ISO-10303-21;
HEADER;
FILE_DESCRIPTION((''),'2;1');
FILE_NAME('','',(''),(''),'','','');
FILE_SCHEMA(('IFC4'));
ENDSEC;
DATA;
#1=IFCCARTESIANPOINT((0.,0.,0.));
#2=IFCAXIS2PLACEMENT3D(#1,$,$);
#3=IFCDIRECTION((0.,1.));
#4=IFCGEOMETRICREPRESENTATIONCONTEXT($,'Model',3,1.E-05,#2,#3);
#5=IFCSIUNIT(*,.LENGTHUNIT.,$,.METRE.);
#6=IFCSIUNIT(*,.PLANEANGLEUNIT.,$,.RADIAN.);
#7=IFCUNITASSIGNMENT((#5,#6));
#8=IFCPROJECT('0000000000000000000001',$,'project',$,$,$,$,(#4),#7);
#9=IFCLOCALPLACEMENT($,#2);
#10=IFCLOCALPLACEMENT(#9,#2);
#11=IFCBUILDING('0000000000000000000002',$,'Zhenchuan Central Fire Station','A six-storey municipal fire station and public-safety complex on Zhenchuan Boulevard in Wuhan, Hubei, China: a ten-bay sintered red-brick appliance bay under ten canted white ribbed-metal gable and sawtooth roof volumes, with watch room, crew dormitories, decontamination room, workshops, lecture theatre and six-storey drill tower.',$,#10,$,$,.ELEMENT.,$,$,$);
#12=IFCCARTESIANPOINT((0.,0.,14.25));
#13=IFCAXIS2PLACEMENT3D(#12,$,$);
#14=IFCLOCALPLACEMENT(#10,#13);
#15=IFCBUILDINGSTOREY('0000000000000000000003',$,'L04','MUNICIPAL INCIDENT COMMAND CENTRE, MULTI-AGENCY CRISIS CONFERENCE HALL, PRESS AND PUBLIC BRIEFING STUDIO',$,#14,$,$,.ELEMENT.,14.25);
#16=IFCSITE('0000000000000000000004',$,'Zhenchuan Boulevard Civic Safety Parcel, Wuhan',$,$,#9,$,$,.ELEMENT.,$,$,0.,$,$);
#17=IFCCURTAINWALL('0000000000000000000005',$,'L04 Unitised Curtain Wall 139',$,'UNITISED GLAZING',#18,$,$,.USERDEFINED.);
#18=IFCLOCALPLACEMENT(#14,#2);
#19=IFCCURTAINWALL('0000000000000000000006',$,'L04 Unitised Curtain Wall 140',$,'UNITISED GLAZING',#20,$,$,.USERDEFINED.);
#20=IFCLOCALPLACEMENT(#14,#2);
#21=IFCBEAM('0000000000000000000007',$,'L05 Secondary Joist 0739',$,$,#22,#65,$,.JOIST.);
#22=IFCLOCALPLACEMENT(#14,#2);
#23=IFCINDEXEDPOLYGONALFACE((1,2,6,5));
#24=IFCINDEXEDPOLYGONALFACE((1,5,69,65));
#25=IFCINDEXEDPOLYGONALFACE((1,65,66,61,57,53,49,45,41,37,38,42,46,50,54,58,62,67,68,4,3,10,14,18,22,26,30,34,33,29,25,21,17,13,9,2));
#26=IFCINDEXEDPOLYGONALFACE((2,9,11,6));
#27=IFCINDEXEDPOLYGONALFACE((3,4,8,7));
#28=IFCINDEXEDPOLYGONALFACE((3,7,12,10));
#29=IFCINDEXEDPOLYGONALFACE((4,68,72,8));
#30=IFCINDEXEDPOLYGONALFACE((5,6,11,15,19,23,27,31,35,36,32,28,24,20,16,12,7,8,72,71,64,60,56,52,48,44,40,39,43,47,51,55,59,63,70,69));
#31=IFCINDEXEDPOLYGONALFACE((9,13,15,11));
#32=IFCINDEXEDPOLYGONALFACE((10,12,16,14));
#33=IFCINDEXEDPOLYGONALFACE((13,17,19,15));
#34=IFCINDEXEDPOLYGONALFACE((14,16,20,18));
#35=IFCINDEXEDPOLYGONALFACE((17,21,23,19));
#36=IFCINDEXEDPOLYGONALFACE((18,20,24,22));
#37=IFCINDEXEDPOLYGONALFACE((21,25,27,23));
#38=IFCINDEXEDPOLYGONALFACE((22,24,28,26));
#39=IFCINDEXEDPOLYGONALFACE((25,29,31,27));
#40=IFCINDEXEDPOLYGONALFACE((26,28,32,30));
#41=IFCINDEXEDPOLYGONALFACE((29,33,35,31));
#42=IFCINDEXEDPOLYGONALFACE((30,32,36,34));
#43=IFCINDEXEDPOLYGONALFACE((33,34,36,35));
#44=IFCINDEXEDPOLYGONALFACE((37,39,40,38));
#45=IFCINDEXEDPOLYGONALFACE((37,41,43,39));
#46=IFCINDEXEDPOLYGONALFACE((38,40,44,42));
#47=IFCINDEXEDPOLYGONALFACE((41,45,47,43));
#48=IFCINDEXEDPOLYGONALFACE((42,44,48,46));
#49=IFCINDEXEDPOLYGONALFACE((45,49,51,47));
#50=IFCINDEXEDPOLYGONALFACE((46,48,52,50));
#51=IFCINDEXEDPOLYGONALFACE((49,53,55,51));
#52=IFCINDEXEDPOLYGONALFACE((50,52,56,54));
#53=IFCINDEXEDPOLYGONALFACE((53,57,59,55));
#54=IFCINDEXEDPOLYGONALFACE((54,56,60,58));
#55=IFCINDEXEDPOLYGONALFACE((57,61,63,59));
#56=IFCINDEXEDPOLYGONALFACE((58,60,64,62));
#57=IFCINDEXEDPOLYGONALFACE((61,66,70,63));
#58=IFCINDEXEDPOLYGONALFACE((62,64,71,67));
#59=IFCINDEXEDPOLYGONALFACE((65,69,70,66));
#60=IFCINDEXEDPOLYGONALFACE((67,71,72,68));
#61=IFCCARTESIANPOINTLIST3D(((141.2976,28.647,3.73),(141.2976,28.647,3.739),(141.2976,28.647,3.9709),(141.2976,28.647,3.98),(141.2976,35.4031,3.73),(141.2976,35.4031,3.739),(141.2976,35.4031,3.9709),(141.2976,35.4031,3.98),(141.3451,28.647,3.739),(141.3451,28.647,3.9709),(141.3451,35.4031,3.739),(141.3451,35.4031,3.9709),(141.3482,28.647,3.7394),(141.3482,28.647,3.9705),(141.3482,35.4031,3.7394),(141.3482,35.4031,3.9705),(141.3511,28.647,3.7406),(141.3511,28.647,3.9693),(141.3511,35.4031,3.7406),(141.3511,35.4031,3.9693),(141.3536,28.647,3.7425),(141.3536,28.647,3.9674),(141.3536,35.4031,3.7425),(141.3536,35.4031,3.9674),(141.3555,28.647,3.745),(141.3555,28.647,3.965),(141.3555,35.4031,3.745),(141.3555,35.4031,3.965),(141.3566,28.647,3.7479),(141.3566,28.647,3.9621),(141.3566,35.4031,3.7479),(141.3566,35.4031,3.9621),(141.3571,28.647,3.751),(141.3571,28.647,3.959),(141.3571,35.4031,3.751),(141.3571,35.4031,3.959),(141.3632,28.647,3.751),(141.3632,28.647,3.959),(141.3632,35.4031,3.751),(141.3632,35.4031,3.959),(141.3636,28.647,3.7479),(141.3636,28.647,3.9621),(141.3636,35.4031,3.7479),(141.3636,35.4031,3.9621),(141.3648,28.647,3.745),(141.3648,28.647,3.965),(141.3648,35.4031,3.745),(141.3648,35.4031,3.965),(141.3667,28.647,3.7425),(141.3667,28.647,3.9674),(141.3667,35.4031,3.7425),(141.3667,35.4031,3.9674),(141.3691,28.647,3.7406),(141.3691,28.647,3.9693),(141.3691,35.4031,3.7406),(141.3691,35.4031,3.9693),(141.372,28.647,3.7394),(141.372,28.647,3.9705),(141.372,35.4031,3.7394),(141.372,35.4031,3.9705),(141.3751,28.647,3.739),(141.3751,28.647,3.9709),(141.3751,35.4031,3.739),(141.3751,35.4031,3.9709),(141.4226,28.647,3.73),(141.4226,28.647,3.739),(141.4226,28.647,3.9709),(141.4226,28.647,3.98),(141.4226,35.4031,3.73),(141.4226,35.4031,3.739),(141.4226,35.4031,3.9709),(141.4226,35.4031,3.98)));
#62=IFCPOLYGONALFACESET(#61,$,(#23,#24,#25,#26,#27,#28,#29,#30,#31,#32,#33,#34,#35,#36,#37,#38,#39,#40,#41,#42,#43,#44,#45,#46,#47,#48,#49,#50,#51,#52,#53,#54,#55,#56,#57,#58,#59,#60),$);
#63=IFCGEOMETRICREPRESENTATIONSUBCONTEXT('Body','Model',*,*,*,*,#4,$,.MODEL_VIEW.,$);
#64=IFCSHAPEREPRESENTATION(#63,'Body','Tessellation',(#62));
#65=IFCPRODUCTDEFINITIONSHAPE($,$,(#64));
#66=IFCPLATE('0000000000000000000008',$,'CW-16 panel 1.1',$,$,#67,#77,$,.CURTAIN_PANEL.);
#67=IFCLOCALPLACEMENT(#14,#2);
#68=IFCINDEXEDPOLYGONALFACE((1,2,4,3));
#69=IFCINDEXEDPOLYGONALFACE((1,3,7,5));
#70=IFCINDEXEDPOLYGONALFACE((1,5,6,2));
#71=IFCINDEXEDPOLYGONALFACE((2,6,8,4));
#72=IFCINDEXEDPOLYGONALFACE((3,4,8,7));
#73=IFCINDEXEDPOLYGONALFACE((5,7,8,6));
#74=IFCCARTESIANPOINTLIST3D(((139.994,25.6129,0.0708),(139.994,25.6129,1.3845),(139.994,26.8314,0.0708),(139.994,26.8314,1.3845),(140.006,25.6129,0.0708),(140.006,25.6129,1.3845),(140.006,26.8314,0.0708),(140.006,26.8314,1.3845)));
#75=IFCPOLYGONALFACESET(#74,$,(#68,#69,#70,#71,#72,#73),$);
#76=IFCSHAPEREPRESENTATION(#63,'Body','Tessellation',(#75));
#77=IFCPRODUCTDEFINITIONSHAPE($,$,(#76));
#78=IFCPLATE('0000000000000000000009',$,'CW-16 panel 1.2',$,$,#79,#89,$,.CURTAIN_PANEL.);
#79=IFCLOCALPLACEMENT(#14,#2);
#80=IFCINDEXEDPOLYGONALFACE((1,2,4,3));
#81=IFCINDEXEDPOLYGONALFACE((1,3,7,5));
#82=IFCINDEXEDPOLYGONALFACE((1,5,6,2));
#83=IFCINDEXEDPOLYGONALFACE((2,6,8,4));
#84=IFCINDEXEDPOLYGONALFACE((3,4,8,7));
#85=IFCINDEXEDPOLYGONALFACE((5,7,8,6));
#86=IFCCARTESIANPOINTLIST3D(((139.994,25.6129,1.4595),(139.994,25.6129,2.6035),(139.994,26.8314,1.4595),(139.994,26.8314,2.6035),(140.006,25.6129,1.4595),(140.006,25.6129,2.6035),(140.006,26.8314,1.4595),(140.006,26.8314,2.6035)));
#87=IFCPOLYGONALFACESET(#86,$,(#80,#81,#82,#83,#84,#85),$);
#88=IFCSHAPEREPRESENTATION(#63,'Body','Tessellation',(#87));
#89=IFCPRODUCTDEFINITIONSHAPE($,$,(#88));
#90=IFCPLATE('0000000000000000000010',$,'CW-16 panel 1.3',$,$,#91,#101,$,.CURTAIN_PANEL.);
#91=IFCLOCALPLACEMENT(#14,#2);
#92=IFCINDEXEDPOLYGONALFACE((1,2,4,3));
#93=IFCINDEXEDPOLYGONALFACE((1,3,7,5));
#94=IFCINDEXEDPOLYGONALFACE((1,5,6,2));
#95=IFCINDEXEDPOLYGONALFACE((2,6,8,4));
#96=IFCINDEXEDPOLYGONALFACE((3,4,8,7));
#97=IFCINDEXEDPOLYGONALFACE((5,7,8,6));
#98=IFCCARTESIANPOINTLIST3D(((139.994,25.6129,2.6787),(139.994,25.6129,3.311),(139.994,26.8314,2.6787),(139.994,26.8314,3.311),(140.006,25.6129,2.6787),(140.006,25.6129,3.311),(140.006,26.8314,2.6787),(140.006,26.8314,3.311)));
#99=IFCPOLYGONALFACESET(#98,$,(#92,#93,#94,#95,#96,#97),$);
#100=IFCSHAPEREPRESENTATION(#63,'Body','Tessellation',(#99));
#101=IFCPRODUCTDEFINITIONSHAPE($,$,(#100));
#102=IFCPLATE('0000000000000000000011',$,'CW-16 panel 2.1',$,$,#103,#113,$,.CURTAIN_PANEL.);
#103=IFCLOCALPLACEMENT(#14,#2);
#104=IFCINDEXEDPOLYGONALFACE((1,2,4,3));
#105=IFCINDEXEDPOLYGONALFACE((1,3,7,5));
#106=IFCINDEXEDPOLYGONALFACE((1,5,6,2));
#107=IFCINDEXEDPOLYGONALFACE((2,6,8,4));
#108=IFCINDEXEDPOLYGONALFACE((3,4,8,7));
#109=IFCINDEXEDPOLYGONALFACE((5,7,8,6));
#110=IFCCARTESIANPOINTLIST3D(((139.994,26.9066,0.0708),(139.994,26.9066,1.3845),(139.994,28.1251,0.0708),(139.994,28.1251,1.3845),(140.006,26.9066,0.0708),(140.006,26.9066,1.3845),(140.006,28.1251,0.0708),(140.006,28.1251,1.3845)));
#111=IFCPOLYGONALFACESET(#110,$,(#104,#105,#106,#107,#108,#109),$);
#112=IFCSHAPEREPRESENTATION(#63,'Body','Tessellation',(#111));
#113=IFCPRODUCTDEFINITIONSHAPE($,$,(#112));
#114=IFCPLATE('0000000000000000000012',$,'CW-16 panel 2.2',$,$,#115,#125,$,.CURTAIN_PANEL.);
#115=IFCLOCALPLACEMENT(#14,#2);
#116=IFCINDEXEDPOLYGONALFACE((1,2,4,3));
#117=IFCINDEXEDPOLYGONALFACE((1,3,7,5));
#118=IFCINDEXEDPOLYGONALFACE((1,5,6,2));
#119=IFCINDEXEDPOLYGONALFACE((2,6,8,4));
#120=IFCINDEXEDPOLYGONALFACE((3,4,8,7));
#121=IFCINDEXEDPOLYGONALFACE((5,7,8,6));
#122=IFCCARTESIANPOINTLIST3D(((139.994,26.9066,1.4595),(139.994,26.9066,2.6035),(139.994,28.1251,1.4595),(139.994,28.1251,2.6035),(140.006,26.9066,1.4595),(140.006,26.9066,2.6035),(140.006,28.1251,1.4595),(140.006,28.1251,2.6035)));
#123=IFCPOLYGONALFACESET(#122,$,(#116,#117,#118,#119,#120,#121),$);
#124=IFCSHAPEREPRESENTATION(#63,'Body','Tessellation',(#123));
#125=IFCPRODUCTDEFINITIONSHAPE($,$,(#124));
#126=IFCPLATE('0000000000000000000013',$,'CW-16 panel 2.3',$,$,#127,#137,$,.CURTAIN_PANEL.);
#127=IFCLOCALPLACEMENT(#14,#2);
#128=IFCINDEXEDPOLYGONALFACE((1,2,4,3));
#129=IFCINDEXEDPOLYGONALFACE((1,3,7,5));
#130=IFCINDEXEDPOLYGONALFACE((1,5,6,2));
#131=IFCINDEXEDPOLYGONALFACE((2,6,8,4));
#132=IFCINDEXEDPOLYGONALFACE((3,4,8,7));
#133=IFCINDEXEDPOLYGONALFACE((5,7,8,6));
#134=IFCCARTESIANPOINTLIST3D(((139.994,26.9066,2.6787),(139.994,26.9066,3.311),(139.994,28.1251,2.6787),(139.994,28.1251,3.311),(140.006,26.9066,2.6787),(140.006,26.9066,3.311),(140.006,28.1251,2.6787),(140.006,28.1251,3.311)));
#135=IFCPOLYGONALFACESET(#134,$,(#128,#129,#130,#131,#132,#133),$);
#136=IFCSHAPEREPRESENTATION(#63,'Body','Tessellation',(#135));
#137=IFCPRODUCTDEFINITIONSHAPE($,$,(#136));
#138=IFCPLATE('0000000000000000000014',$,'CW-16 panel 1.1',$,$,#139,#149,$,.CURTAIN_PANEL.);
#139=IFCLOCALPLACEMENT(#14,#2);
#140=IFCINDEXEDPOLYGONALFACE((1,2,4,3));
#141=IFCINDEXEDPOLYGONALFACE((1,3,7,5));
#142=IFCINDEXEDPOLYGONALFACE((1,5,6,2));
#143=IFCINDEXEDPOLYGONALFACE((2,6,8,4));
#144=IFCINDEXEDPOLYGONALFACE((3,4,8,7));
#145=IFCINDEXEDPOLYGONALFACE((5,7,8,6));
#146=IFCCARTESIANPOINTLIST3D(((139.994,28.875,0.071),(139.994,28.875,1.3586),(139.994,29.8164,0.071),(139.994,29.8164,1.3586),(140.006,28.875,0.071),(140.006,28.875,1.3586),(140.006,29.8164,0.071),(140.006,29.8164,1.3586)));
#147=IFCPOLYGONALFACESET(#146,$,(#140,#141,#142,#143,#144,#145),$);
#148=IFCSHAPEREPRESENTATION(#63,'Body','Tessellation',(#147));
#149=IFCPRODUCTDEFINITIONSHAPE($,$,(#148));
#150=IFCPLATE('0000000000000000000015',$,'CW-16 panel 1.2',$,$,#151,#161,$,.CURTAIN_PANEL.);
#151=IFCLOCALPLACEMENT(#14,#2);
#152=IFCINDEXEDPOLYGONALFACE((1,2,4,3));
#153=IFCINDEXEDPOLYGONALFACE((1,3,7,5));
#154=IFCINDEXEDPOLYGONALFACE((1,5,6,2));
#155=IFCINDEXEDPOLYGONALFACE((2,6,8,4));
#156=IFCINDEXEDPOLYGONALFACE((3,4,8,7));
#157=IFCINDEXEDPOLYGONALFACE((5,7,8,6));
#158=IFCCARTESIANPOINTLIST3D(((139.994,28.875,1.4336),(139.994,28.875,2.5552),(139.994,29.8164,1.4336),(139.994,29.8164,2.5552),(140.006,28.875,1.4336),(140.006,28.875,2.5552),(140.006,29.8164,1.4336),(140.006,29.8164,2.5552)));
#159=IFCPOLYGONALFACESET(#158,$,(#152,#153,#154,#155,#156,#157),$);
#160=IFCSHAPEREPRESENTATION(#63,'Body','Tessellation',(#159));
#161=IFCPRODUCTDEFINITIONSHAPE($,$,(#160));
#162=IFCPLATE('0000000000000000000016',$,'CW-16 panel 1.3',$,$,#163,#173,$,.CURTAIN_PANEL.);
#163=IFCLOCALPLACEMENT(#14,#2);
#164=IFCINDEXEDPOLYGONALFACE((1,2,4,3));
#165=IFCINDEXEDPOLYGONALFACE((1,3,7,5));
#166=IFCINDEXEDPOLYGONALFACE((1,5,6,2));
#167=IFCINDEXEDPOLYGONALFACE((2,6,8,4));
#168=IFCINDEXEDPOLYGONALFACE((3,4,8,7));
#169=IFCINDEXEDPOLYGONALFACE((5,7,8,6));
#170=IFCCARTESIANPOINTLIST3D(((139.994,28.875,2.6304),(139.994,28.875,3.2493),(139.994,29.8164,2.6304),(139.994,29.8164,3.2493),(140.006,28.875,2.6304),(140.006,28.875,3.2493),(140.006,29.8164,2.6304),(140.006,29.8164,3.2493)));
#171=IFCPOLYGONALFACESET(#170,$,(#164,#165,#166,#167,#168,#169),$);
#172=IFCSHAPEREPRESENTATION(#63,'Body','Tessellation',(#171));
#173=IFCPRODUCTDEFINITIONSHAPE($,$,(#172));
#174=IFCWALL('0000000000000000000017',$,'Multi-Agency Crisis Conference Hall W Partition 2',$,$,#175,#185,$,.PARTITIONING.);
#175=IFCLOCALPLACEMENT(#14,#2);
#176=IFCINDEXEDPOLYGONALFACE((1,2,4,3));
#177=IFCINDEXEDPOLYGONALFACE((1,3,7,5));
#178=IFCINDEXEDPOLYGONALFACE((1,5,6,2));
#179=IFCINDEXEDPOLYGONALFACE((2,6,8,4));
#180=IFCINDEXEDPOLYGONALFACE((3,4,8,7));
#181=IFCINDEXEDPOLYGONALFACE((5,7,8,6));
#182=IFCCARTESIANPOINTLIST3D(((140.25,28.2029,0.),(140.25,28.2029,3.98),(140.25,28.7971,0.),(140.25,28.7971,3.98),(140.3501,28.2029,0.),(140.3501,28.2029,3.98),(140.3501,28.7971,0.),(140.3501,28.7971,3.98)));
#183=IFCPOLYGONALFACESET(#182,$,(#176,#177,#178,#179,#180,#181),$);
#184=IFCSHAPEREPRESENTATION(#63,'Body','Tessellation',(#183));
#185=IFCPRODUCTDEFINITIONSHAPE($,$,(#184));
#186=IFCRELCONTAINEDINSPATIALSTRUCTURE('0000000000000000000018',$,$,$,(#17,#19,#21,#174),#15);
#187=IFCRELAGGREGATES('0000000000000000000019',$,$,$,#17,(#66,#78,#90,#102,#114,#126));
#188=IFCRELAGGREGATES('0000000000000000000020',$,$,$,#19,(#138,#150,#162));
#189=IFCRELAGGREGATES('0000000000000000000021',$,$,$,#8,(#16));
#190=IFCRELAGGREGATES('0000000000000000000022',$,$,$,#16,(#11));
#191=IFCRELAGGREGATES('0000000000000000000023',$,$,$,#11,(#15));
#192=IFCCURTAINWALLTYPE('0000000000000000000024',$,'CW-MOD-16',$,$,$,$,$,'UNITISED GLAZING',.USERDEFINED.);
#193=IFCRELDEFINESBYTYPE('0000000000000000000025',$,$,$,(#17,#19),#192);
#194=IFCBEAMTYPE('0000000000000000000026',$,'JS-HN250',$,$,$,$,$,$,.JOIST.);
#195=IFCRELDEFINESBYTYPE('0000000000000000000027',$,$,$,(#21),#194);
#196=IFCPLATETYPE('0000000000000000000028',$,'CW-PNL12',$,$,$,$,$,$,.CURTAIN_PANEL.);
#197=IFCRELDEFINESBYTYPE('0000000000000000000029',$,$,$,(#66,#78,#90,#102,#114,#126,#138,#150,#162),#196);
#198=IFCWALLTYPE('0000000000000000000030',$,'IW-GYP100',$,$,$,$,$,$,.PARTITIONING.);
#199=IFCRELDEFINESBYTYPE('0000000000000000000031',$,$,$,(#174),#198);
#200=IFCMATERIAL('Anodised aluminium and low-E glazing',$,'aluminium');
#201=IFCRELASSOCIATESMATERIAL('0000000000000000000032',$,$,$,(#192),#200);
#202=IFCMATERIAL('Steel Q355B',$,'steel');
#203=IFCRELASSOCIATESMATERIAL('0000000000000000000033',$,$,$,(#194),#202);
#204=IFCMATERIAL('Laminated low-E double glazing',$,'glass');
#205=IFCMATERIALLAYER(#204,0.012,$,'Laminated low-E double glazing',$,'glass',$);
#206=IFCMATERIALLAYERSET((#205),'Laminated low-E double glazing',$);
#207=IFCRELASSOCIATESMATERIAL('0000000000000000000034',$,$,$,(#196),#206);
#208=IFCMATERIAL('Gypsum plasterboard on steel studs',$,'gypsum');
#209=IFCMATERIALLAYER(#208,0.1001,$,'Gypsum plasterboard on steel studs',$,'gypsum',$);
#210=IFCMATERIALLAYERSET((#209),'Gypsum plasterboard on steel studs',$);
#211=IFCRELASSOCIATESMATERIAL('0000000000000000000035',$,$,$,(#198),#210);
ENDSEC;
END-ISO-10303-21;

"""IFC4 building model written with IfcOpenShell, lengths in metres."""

from ifc_helpers import new_model, si_unit, direction, frame, frame_2d, origin, origin_2d, place, context, subcontext, project, spatial, rectangle, i_section, extrude, material, layer, layer_set, material_profile, profile_set, type_object, element, aggregate, save


model = new_model("IFC4")

# Units and contexts
model_context = context("Model", 3, precision=1e-05, world=origin(), true_north=direction((0.0, 1.0)))
body_context = subcontext(model_context, "Body", "Model", "MODEL_VIEW")
ifc_project = project(units=[si_unit("LENGTHUNIT", "METRE"), si_unit("PLANEANGLEUNIT", "RADIAN")], contexts=[model_context])

# Site, building, storey
site_placement = place(None, origin())
site = spatial("IfcSite", under=ifc_project, at=site_placement, Name="Zhenchuan Boulevard Civic Safety Parcel, Wuhan", CompositionType="ELEMENT", RefElevation=0.0)
building_placement = place(site_placement, origin())
building = spatial("IfcBuilding", under=site, at=building_placement, Name="Zhenchuan Central Fire Station", Description="A six-storey municipal fire station and public-safety complex on Zhenchuan Boulevard in Wuhan, Hubei, China: a ten-bay sintered red-brick appliance bay under ten canted white ribbed-metal gable and sawtooth roof volumes, with watch room, crew dormitories, decontamination room, workshops, lecture theatre and six-storey drill tower.", CompositionType="ELEMENT")
storey_placement = place(building_placement, frame((0.0, 0.0, 14.25)))
storey = spatial("IfcBuildingStorey", under=building, at=storey_placement, Name="L04", Description="MUNICIPAL INCIDENT COMMAND CENTRE, MULTI-AGENCY CRISIS CONFERENCE HALL, PRESS AND PUBLIC BRIEFING STUDIO", CompositionType="ELEMENT", Elevation=14.25)

# Shared definitions
ifc_material_1 = material(Name="Steel Q355B", Category="steel")

# Curtain wall
ifc_material_2 = material(Name="Anodised aluminium and low-E glazing", Category="aluminium")
curtain_wall_type = type_object("IfcCurtainWallType", Name="CW-MOD-16", ElementType="UNITISED GLAZING", PredefinedType="USERDEFINED", material=ifc_material_2)
curtain_wall_1_placement = place(storey_placement, origin())
curtain_wall_1 = element("IfcCurtainWall", 1, at=curtain_wall_1_placement, inside=storey, type_object=curtain_wall_type, Name="L04 Unitised Curtain Wall 139", ObjectType="UNITISED GLAZING", PredefinedType="USERDEFINED")

# Curtain wall
curtain_wall_2_placement = place(storey_placement, origin())
curtain_wall_2 = element("IfcCurtainWall", 2, at=curtain_wall_2_placement, inside=storey, type_object=curtain_wall_type, Name="L04 Unitised Curtain Wall 140", ObjectType="UNITISED GLAZING", PredefinedType="USERDEFINED")

# Beam
ifc_material_profile_1 = material_profile(ifc_material_1, i_section(OverallWidth=0.125, OverallDepth=0.25, WebThickness=0.0061, FlangeThickness=0.009, FilletRadius=0.012, at=origin_2d()), Name="HN 250x125")
ifc_profile_set_1 = profile_set([ifc_material_profile_1], Name="Steel Q355B")
beam_type_1 = type_object("IfcBeamType", Name="JS-HN250", PredefinedType="JOIST", material=ifc_profile_set_1)
beam_1_placement = place(storey_placement, frame((141.3601, 28.647, 3.855), z_axis=(0.0, 1.0, 0.0), x_axis=(-1.0, 0.0, 0.0)))
element("IfcBeam", 3, at=beam_1_placement, inside=storey, type_object=beam_type_1, Name="L05 Secondary Joist 0739", PredefinedType="JOIST", context=body_context, shape_type="SweptSolid", body=[
    extrude(i_section(OverallWidth=0.125, OverallDepth=0.25, WebThickness=0.0061, FlangeThickness=0.009, FilletRadius=0.012, at=origin_2d()), origin(), (0.0, 0.0, 1.0), 6.7561),
])

# Plates
ifc_material_3 = material(Name="Laminated low-E double glazing", Category="glass")
ifc_layer_1 = layer(ifc_material_3, 0.012, Name="Laminated low-E double glazing", Category="glass")
ifc_layer_set_1 = layer_set([ifc_layer_1], Name="Laminated low-E double glazing")
plate_type = type_object("IfcPlateType", Name="CW-PNL12", PredefinedType="CURTAIN_PANEL", material=ifc_layer_set_1)
plate_1_placement = place(storey_placement, frame((140.0, 26.2222, 0.0708), z_axis=(0.0, 0.0, 1.0), x_axis=(0.0, 1.0, 0.0)))
plate_1 = element("IfcPlate", 4, at=plate_1_placement, type_object=plate_type, Name="CW-16 panel 1.1", PredefinedType="CURTAIN_PANEL", context=body_context, shape_type="SweptSolid", body=[
    extrude(rectangle(XDim=1.2185, YDim=0.012, at=origin_2d()), origin(), (0.0, 0.0, 1.0), 1.3137),
])
plate_2_placement = place(storey_placement, frame((140.0, 26.2222, 1.4595), z_axis=(0.0, 0.0, 1.0), x_axis=(0.0, 1.0, 0.0)))
plate_2 = element("IfcPlate", 5, at=plate_2_placement, type_object=plate_type, Name="CW-16 panel 1.2", PredefinedType="CURTAIN_PANEL", context=body_context, shape_type="SweptSolid", body=[
    extrude(rectangle(XDim=1.2185, YDim=0.012, at=origin_2d()), origin(), (0.0, 0.0, 1.0), 1.144),
])
plate_3_placement = place(storey_placement, frame((140.0, 26.2222, 2.6787), z_axis=(0.0, 0.0, 1.0), x_axis=(0.0, 1.0, 0.0)))
plate_3 = element("IfcPlate", 6, at=plate_3_placement, type_object=plate_type, Name="CW-16 panel 1.3", PredefinedType="CURTAIN_PANEL", context=body_context, shape_type="SweptSolid", body=[
    extrude(rectangle(XDim=1.2185, YDim=0.012, at=origin_2d()), origin(), (0.0, 0.0, 1.0), 0.6323),
])
plate_4_placement = place(storey_placement, frame((140.0, 27.5159, 0.0708), z_axis=(0.0, 0.0, 1.0), x_axis=(0.0, 1.0, 0.0)))
plate_4 = element("IfcPlate", 7, at=plate_4_placement, type_object=plate_type, Name="CW-16 panel 2.1", PredefinedType="CURTAIN_PANEL", context=body_context, shape_type="SweptSolid", body=[
    extrude(rectangle(XDim=1.2185, YDim=0.012, at=origin_2d()), origin(), (0.0, 0.0, 1.0), 1.3137),
])
plate_5_placement = place(storey_placement, frame((140.0, 27.5159, 1.4595), z_axis=(0.0, 0.0, 1.0), x_axis=(0.0, 1.0, 0.0)))
plate_5 = element("IfcPlate", 8, at=plate_5_placement, type_object=plate_type, Name="CW-16 panel 2.2", PredefinedType="CURTAIN_PANEL", context=body_context, shape_type="SweptSolid", body=[
    extrude(rectangle(XDim=1.2185, YDim=0.012, at=origin_2d()), origin(), (0.0, 0.0, 1.0), 1.144),
])
plate_6_placement = place(storey_placement, frame((140.0, 27.5159, 2.6787), z_axis=(0.0, 0.0, 1.0), x_axis=(0.0, 1.0, 0.0)))
plate_6 = element("IfcPlate", 9, at=plate_6_placement, type_object=plate_type, Name="CW-16 panel 2.3", PredefinedType="CURTAIN_PANEL", context=body_context, shape_type="SweptSolid", body=[
    extrude(rectangle(XDim=1.2185, YDim=0.012, at=origin_2d()), origin(), (0.0, 0.0, 1.0), 0.6323),
])
aggregate(curtain_wall_1, [plate_1, plate_2, plate_3, plate_4, plate_5, plate_6])
plate_7_placement = place(storey_placement, frame((140.0, 29.3457, 0.071), z_axis=(0.0, 0.0, 1.0), x_axis=(0.0, 1.0, 0.0)))
plate_7 = element("IfcPlate", 10, at=plate_7_placement, type_object=plate_type, Name="CW-16 panel 1.1", PredefinedType="CURTAIN_PANEL", context=body_context, shape_type="SweptSolid", body=[
    extrude(rectangle(XDim=0.9414, YDim=0.012, at=origin_2d()), origin(), (0.0, 0.0, 1.0), 1.2876),
])
plate_8_placement = place(storey_placement, frame((140.0, 29.3457, 1.4336), z_axis=(0.0, 0.0, 1.0), x_axis=(0.0, 1.0, 0.0)))
plate_8 = element("IfcPlate", 11, at=plate_8_placement, type_object=plate_type, Name="CW-16 panel 1.2", PredefinedType="CURTAIN_PANEL", context=body_context, shape_type="SweptSolid", body=[
    extrude(rectangle(XDim=0.9414, YDim=0.012, at=origin_2d()), origin(), (0.0, 0.0, 1.0), 1.1216),
])
plate_9_placement = place(storey_placement, frame((140.0, 29.3457, 2.6304), z_axis=(0.0, 0.0, 1.0), x_axis=(0.0, 1.0, 0.0)))
plate_9 = element("IfcPlate", 12, at=plate_9_placement, type_object=plate_type, Name="CW-16 panel 1.3", PredefinedType="CURTAIN_PANEL", context=body_context, shape_type="SweptSolid", body=[
    extrude(rectangle(XDim=0.9414, YDim=0.012, at=origin_2d()), origin(), (0.0, 0.0, 1.0), 0.6189),
])
aggregate(curtain_wall_2, [plate_7, plate_8, plate_9])

# Wall
ifc_material_4 = material(Name="Gypsum plasterboard on steel studs", Category="gypsum")
ifc_layer_2 = layer(ifc_material_4, 0.1001, Name="Gypsum plasterboard on steel studs", Category="gypsum")
ifc_layer_set_2 = layer_set([ifc_layer_2], Name="Gypsum plasterboard on steel studs")
wall_type = type_object("IfcWallType", Name="IW-GYP100", PredefinedType="PARTITIONING", material=ifc_layer_set_2)
wall_placement = place(storey_placement, frame((140.3, 28.2029, 0.0), z_axis=(0.0, 0.0, 1.0), x_axis=(0.0, 1.0, 0.0)))
element("IfcWall", 13, at=wall_placement, inside=storey, type_object=wall_type, Name="Multi-Agency Crisis Conference Hall W Partition 2", PredefinedType="PARTITIONING", context=body_context, shape_type="SweptSolid", body=[
    extrude(rectangle(XDim=0.5942, YDim=0.1001, at=frame_2d((0.2971, 0.0))), origin(), (0.0, 0.0, 1.0), 3.98),
])

save(model, "model.ifc")
